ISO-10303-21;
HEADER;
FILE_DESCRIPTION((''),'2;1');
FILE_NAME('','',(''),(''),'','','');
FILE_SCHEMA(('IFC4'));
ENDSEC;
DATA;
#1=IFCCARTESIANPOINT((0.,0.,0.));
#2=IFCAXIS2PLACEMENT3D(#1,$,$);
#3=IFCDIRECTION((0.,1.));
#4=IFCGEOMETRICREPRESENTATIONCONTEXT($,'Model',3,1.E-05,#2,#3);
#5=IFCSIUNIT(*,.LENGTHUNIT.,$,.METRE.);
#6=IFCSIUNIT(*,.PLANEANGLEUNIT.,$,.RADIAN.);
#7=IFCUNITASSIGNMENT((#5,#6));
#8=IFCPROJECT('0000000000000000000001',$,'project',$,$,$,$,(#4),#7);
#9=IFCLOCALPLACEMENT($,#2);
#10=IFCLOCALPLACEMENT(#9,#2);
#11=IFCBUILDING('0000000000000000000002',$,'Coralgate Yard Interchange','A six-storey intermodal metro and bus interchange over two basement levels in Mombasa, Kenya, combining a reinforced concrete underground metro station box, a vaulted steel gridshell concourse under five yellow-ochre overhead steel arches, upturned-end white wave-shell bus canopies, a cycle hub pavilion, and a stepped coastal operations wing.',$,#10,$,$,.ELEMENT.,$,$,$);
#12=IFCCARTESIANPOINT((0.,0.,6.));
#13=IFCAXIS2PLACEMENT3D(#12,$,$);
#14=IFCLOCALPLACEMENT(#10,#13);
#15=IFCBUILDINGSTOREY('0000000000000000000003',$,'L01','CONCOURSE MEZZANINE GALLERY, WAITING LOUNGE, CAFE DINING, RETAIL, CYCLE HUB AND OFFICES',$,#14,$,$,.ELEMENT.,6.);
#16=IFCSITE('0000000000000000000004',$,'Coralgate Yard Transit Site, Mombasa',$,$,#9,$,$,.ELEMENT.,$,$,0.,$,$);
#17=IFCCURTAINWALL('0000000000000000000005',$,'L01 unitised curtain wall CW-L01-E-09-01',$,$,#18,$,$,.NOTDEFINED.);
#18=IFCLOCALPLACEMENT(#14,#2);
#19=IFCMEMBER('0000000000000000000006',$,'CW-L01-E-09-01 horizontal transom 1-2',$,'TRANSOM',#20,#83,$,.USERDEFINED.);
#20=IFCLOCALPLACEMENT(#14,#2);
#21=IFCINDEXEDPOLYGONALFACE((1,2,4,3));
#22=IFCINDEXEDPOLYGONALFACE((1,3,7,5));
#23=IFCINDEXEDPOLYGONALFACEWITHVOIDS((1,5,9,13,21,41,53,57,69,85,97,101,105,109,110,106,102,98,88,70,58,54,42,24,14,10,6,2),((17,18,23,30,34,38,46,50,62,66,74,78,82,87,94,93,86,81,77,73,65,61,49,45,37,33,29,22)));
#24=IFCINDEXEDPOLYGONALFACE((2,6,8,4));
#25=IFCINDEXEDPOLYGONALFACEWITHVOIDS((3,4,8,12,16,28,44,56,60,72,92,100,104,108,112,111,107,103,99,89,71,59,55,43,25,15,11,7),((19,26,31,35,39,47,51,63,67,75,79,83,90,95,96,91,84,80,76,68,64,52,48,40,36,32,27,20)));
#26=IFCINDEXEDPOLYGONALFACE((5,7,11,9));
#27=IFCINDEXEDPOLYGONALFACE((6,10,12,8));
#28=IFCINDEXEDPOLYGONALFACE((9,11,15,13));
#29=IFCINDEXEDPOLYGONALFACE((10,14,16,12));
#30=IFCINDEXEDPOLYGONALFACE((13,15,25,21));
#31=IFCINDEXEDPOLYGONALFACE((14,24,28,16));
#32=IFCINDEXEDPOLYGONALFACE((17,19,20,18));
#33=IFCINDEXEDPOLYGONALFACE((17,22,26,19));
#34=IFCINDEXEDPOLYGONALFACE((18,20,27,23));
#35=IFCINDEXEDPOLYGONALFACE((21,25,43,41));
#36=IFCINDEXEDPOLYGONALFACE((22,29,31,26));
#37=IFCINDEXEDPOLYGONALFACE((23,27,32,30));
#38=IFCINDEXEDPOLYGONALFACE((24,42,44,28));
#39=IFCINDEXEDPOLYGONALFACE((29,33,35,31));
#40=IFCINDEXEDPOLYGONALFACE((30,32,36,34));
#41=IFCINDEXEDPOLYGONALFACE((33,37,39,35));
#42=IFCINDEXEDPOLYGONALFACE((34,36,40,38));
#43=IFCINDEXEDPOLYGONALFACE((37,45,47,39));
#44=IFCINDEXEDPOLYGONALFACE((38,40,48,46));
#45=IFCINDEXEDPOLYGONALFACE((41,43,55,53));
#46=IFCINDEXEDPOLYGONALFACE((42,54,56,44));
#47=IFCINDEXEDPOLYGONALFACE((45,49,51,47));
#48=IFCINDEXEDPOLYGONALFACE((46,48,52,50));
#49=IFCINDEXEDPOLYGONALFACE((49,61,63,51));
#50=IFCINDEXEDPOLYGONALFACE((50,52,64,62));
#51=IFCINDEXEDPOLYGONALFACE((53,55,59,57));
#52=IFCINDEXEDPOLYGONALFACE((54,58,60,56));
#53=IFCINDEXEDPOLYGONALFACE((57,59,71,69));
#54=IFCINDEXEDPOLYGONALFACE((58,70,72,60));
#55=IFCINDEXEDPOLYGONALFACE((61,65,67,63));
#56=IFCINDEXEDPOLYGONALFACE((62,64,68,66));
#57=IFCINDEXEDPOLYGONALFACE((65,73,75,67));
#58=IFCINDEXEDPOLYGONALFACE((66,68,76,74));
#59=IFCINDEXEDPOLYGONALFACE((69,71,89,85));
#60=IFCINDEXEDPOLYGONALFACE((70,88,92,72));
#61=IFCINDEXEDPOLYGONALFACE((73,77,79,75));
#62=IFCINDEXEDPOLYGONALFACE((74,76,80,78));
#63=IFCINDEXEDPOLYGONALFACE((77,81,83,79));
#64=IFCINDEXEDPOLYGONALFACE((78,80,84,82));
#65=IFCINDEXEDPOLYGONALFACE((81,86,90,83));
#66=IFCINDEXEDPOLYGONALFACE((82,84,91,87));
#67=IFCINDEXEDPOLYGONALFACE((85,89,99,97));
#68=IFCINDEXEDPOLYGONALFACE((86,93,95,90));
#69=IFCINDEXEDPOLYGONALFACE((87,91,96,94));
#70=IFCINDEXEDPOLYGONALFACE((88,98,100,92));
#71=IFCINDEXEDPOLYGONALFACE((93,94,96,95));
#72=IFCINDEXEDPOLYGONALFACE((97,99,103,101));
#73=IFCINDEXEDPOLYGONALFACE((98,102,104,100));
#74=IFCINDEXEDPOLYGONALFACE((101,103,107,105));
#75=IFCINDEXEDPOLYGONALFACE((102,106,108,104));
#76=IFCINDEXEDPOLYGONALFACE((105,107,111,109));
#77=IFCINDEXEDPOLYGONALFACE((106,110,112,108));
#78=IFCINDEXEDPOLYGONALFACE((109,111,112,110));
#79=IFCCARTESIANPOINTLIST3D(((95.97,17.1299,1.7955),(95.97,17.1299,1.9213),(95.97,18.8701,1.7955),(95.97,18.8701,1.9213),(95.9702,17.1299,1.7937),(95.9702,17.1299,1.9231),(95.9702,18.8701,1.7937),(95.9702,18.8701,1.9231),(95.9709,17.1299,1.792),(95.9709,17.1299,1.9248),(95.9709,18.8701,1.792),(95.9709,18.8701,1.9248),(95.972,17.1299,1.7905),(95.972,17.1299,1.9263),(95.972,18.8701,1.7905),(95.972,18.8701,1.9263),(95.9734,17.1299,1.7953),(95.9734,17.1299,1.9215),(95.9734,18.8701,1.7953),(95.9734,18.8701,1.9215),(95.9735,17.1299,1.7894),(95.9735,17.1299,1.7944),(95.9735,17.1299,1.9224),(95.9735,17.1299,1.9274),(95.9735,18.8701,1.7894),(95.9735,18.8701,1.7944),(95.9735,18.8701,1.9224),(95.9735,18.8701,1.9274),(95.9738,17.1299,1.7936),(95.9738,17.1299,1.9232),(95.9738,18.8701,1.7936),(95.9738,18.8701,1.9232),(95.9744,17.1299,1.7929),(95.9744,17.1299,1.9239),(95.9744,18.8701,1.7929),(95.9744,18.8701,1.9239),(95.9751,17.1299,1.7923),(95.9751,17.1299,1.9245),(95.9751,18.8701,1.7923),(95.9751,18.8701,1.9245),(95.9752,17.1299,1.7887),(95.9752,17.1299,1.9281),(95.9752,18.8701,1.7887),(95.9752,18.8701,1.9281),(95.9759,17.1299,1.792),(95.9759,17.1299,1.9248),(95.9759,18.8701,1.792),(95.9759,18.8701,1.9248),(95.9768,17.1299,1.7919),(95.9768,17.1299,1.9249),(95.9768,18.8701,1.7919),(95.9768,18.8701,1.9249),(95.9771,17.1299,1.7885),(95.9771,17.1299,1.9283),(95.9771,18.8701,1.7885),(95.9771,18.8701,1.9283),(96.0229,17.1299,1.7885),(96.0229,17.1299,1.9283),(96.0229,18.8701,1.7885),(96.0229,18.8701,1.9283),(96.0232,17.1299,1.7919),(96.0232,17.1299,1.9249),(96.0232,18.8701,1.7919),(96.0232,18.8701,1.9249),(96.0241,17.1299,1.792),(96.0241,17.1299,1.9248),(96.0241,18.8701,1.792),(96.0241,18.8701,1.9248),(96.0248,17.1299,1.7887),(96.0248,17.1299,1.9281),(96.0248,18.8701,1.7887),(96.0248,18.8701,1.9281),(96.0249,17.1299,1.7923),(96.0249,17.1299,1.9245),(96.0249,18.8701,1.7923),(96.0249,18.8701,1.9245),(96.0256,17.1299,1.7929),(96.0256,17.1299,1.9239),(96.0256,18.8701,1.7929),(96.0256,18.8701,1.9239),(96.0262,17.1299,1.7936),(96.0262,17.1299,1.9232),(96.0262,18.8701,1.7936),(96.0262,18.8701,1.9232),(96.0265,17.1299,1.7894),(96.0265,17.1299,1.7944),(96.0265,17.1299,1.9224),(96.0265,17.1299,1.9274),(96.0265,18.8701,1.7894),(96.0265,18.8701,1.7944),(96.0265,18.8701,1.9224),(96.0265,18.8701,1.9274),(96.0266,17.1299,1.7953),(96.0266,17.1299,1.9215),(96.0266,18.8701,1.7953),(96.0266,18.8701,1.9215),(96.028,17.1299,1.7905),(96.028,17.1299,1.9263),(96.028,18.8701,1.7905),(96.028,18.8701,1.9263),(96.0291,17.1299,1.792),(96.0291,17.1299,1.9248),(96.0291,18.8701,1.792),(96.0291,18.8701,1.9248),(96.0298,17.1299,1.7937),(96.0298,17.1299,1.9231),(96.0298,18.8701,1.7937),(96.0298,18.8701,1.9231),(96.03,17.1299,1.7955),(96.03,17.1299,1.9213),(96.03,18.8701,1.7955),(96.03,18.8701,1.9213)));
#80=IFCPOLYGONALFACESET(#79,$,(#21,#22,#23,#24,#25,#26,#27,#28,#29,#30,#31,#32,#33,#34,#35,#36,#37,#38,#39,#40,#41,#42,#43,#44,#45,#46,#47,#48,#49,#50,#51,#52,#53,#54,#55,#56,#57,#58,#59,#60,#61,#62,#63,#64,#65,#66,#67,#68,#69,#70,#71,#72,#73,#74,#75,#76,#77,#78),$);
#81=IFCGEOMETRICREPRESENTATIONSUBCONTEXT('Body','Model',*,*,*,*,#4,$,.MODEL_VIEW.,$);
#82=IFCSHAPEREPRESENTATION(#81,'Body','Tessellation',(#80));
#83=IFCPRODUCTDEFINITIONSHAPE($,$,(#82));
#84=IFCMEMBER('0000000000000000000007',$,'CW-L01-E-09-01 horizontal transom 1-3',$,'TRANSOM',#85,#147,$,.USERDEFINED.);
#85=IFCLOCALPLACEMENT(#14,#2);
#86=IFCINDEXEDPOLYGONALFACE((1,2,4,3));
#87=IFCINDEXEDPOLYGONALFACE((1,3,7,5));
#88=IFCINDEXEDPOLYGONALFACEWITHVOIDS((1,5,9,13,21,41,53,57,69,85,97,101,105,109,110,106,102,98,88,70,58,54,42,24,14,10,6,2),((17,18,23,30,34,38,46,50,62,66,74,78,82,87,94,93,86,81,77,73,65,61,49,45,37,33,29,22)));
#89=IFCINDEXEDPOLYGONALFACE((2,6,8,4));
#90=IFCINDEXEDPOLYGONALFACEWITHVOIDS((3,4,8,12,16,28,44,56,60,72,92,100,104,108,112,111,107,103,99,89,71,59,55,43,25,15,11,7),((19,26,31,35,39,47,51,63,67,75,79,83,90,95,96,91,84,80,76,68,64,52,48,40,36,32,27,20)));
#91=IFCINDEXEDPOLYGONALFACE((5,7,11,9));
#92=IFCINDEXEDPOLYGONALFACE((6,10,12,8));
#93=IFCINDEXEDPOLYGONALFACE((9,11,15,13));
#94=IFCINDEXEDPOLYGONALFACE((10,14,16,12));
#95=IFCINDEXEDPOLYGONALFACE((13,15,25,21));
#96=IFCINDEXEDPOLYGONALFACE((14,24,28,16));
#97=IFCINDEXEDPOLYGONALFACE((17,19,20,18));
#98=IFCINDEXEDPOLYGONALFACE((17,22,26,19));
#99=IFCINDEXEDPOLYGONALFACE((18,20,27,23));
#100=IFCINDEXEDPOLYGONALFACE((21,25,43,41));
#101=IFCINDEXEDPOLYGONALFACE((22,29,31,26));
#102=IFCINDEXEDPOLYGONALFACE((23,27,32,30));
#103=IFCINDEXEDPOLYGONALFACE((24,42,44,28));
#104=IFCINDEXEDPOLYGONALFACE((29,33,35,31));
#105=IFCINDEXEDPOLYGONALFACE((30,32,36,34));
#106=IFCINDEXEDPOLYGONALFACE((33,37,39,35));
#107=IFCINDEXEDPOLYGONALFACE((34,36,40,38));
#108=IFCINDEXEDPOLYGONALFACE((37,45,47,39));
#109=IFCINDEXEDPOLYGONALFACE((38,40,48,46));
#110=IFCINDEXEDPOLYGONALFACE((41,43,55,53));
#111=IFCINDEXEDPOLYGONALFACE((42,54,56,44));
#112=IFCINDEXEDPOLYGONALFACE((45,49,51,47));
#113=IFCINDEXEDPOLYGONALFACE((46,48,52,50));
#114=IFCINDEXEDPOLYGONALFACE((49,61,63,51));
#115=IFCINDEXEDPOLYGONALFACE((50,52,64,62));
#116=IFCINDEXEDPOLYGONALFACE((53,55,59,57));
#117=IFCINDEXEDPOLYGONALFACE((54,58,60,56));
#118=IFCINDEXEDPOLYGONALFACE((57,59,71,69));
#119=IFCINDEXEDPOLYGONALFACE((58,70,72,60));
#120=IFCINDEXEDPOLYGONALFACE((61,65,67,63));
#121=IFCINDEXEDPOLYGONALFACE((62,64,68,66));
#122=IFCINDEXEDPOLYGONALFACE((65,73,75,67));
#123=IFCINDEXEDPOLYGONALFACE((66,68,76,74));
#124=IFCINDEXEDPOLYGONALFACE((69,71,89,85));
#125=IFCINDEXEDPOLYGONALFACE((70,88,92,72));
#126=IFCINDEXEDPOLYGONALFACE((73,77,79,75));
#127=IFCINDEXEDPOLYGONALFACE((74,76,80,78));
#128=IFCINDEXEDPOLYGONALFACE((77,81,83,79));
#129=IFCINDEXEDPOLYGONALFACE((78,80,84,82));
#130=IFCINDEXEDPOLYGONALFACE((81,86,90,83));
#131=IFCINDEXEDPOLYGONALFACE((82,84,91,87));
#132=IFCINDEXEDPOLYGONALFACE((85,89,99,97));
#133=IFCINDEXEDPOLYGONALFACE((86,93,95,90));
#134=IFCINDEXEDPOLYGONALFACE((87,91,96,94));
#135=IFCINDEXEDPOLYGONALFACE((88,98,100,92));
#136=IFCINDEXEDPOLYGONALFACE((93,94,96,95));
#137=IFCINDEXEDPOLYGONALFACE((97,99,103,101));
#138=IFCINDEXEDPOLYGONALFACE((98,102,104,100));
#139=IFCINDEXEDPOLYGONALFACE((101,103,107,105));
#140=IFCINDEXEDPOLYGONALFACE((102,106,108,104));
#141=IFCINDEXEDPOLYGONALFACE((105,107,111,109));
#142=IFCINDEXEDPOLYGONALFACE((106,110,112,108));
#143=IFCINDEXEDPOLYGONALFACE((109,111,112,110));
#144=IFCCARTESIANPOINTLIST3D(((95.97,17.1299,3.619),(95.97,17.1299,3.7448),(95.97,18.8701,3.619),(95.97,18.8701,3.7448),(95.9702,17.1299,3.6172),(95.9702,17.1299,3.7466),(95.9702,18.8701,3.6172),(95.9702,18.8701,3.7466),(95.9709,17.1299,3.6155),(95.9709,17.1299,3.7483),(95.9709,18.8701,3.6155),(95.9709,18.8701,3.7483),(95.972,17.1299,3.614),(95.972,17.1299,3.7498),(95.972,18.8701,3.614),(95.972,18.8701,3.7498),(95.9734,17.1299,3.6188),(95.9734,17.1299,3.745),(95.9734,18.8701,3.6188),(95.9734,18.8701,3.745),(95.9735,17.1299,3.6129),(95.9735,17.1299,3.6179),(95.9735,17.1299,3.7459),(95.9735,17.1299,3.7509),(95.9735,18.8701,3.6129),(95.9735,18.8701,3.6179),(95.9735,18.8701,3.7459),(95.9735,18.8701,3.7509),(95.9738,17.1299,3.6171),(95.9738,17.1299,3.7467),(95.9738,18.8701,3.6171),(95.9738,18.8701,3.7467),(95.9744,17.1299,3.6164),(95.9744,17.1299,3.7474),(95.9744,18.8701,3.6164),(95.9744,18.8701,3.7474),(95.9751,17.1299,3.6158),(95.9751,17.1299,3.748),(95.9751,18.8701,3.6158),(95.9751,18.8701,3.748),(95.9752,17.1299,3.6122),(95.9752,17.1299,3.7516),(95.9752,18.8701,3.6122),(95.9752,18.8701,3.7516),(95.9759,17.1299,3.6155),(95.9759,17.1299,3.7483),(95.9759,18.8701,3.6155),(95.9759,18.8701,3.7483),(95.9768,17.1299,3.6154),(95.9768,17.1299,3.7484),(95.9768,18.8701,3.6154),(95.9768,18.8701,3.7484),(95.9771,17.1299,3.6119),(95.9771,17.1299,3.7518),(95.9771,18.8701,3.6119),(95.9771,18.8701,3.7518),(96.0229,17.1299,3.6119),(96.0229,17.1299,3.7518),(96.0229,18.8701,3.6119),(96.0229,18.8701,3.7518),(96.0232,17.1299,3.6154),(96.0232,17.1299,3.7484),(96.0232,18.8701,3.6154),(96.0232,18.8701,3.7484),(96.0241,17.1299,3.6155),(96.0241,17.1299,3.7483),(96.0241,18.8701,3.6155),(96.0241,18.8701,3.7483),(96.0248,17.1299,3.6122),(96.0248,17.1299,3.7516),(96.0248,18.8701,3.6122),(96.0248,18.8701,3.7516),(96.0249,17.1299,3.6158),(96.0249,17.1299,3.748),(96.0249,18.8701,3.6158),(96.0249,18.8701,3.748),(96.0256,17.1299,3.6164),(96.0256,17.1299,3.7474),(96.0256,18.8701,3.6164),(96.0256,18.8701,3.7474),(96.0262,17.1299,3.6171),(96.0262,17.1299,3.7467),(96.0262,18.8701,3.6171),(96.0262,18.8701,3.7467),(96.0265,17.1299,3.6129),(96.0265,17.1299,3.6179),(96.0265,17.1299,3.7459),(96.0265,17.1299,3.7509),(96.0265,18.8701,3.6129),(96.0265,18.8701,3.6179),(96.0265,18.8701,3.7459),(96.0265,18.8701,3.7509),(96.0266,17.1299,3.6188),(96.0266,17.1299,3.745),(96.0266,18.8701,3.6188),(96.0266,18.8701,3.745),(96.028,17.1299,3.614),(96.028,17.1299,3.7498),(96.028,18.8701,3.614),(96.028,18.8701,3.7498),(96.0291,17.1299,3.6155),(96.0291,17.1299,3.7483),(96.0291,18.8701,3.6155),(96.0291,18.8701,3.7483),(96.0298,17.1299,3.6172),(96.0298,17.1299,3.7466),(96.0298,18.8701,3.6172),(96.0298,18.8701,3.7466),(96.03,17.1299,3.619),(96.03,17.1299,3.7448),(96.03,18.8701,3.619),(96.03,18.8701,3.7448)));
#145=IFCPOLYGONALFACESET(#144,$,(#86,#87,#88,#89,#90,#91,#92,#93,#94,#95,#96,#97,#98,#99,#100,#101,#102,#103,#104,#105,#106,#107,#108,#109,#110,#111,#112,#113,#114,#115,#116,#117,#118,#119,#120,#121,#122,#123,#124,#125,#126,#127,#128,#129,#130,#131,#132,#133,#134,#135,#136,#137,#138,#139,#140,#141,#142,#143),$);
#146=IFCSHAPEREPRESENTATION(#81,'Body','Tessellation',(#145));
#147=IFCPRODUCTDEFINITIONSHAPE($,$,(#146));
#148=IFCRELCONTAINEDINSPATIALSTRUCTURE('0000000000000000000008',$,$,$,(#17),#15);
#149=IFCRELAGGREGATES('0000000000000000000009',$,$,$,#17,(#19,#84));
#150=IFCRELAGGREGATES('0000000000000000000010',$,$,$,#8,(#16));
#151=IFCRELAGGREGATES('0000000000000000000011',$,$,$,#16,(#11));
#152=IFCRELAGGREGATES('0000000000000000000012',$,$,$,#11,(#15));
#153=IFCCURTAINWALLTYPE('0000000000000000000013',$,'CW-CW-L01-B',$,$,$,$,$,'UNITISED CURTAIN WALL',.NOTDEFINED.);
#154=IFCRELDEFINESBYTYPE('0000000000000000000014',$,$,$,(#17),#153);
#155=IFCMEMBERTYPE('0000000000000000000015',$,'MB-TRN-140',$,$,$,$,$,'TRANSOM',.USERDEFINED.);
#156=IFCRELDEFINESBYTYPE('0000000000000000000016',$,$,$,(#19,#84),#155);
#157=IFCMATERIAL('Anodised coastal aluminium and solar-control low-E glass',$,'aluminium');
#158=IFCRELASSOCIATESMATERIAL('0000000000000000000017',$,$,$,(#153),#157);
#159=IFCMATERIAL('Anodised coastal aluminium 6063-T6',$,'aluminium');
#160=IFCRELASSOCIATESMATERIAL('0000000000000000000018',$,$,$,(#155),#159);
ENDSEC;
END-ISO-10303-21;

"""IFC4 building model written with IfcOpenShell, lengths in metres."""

from ifc_helpers import new_model, si_unit, direction, frame, origin, origin_2d, place, context, subcontext, project, spatial, hollow_rectangle, extrude, material, material_profile, profile_set, type_object, element, aggregate, save


model = new_model("IFC4")

# Units and contexts
model_context = context("Model", 3, precision=1e-05, world=origin(), true_north=direction((0.0, 1.0)))
body_context = subcontext(model_context, "Body", "Model", "MODEL_VIEW")
ifc_project = project(units=[si_unit("LENGTHUNIT", "METRE"), si_unit("PLANEANGLEUNIT", "RADIAN")], contexts=[model_context])

# Site, building, storey
site_placement = place(None, origin())
site = spatial("IfcSite", under=ifc_project, at=site_placement, Name="Coralgate Yard Transit Site, Mombasa", CompositionType="ELEMENT", RefElevation=0.0)
building_placement = place(site_placement, origin())
building = spatial("IfcBuilding", under=site, at=building_placement, Name="Coralgate Yard Interchange", Description="A six-storey intermodal metro and bus interchange over two basement levels in Mombasa, Kenya, combining a reinforced concrete underground metro station box, a vaulted steel gridshell concourse under five yellow-ochre overhead steel arches, upturned-end white wave-shell bus canopies, a cycle hub pavilion, and a stepped coastal operations wing.", CompositionType="ELEMENT")
storey_placement = place(building_placement, frame((0.0, 0.0, 6.0)))
storey = spatial("IfcBuildingStorey", under=building, at=storey_placement, Name="L01", Description="CONCOURSE MEZZANINE GALLERY, WAITING LOUNGE, CAFE DINING, RETAIL, CYCLE HUB AND OFFICES", CompositionType="ELEMENT", Elevation=6.0)

# Shared definitions
ifc_material_1 = material(Name="Anodised coastal aluminium and solar-control low-E glass", Category="aluminium")
curtain_wall_type_1 = type_object("IfcCurtainWallType", Name="CW-CW-L01-B", ElementType="UNITISED CURTAIN WALL", PredefinedType="NOTDEFINED", material=ifc_material_1)
ifc_material_2 = material(Name="Anodised coastal aluminium 6063-T6", Category="aluminium")

# Curtain wall
curtain_wall_1_placement = place(storey_placement, origin())
curtain_wall_1 = element("IfcCurtainWall", 1, at=curtain_wall_1_placement, inside=storey, type_object=curtain_wall_type_1, Name="L01 unitised curtain wall CW-L01-E-09-01", PredefinedType="NOTDEFINED")

# Members
ifc_material_profile_1 = material_profile(ifc_material_2, hollow_rectangle(XDim=0.0601, YDim=0.1399, WallThickness=0.0034, InnerFilletRadius=0.0034, OuterFilletRadius=0.0071, at=origin_2d()), Name="ALU 60x140x3.5")
ifc_profile_set_1 = profile_set([ifc_material_profile_1], Name="Anodised coastal aluminium 6063-T6")
member_type_1 = type_object("IfcMemberType", Name="MB-TRN-140", ElementType="TRANSOM", PredefinedType="USERDEFINED", material=ifc_profile_set_1)
member_1_placement = place(storey_placement, frame((96.0, 18.8701, 1.8584), z_axis=(0.0, -1.0, 0.0), x_axis=(1.0, 0.0, 0.0)))
member_1 = element("IfcMember", 2, at=member_1_placement, type_object=member_type_1, Name="CW-L01-E-09-01 horizontal transom 1-2", ObjectType="TRANSOM", PredefinedType="USERDEFINED", context=body_context, shape_type="SweptSolid", body=[
    extrude(hollow_rectangle(XDim=0.0601, YDim=0.1399, WallThickness=0.0034, InnerFilletRadius=0.0034, OuterFilletRadius=0.0071, at=origin_2d()), origin(), (0.0, 0.0, 1.0), 1.7402),
])
member_2_placement = place(storey_placement, frame((96.0, 18.8701, 3.6819), z_axis=(0.0, -1.0, 0.0), x_axis=(1.0, 0.0, 0.0)))
member_2 = element("IfcMember", 3, at=member_2_placement, type_object=member_type_1, Name="CW-L01-E-09-01 horizontal transom 1-3", ObjectType="TRANSOM", PredefinedType="USERDEFINED", context=body_context, shape_type="SweptSolid", body=[
    extrude(hollow_rectangle(XDim=0.0601, YDim=0.1399, WallThickness=0.0034, InnerFilletRadius=0.0034, OuterFilletRadius=0.0071, at=origin_2d()), origin(), (0.0, 0.0, 1.0), 1.7402),
])

aggregate(curtain_wall_1, [member_1, member_2])

save(model, "model.ifc")
